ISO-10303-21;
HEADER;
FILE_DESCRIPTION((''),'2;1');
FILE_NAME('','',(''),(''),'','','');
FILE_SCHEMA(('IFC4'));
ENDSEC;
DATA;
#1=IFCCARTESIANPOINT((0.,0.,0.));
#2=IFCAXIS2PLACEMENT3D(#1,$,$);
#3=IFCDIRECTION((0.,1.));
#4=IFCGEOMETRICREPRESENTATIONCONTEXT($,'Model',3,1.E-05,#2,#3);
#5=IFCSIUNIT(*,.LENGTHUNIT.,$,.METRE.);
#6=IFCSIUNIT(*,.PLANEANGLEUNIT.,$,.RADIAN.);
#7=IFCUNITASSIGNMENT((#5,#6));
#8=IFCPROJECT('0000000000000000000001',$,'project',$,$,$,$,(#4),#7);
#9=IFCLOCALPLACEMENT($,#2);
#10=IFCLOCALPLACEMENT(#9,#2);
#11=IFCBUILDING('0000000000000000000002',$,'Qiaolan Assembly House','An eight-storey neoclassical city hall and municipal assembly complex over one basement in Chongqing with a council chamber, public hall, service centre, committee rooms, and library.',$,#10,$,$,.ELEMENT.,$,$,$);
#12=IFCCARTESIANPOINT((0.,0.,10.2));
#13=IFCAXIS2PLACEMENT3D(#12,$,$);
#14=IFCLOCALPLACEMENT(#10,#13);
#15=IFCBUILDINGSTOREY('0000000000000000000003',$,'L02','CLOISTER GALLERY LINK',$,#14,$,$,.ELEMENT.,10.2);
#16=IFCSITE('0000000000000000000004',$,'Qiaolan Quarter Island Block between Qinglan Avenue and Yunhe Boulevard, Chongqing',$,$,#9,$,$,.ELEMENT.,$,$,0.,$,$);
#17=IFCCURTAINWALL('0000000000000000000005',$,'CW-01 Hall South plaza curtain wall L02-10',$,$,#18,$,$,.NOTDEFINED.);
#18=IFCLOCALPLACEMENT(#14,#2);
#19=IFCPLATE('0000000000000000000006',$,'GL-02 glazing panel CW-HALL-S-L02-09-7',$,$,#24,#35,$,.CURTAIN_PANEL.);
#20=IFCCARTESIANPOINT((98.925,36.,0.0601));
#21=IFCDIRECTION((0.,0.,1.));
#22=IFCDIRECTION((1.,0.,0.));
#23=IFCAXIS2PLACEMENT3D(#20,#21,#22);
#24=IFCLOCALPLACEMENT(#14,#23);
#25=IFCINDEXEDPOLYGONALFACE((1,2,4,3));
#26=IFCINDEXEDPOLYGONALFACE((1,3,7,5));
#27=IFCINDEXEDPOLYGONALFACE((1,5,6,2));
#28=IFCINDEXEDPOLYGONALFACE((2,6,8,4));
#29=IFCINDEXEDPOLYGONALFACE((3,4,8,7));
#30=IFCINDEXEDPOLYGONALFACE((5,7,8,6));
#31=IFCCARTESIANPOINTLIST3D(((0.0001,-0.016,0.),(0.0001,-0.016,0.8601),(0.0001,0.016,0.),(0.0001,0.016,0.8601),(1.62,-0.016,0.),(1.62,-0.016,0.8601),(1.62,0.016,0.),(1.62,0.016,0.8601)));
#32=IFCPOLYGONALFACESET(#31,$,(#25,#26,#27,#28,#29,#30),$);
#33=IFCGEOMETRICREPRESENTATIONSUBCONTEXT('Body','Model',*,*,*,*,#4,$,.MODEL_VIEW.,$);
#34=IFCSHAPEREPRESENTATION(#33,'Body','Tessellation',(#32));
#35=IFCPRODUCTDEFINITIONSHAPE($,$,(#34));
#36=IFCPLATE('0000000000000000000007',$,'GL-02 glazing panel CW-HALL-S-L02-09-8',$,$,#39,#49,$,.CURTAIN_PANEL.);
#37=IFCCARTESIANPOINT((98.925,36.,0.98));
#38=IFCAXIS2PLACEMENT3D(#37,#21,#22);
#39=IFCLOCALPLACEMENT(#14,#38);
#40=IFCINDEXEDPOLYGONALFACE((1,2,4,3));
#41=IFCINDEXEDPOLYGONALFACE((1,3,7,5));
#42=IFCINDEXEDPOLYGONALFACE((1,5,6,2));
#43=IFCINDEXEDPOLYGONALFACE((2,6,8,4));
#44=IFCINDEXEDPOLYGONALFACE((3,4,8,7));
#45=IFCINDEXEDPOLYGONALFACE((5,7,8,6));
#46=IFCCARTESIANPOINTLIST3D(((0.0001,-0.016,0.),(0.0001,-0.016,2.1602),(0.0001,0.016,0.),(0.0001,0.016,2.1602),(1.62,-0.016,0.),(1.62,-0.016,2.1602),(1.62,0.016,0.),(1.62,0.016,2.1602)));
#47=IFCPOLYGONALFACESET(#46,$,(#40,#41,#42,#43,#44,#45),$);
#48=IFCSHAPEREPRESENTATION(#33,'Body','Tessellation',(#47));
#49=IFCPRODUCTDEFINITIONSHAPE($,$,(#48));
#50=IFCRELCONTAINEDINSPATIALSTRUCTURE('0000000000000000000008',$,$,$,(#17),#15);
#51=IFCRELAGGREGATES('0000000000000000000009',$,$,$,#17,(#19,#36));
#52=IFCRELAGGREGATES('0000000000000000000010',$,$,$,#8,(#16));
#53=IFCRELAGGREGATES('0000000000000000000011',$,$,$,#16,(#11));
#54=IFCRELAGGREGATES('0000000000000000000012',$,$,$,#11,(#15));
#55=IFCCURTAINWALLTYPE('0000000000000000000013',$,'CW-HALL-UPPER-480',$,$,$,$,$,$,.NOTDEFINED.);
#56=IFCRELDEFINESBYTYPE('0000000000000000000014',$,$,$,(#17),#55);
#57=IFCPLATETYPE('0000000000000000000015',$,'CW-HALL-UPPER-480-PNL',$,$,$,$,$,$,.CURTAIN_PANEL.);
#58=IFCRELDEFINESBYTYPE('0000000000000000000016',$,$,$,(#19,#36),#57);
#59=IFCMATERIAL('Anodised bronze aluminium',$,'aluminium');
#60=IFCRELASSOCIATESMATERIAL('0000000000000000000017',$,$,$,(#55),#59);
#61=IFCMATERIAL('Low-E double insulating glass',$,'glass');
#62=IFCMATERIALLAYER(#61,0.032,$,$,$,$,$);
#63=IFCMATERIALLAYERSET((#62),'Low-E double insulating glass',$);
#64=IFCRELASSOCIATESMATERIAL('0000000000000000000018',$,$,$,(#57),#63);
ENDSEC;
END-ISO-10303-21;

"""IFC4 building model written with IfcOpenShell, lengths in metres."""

from ifc_helpers import new_model, si_unit, direction, frame, frame_2d, origin, place, context, subcontext, project, spatial, rectangle, extrude, material, layer, layer_set, type_object, element, aggregate, save


model = new_model("IFC4")

# Units and contexts
model_context = context("Model", 3, precision=1e-05, world=origin(), true_north=direction((0.0, 1.0)))
body_context = subcontext(model_context, "Body", "Model", "MODEL_VIEW")
ifc_project = project(units=[si_unit("LENGTHUNIT", "METRE"), si_unit("PLANEANGLEUNIT", "RADIAN")], contexts=[model_context])

# Site, building, storey
site_placement = place(None, origin())
site = spatial("IfcSite", under=ifc_project, at=site_placement, Name="Qiaolan Quarter Island Block between Qinglan Avenue and Yunhe Boulevard, Chongqing", CompositionType="ELEMENT", RefElevation=0.0)
building_placement = place(site_placement, origin())
building = spatial("IfcBuilding", under=site, at=building_placement, Name="Qiaolan Assembly House", Description="An eight-storey neoclassical city hall and municipal assembly complex over one basement in Chongqing with a council chamber, public hall, service centre, committee rooms, and library.", CompositionType="ELEMENT")
storey_placement = place(building_placement, frame((0.0, 0.0, 10.2)))
storey = spatial("IfcBuildingStorey", under=building, at=storey_placement, Name="L02", Description="CLOISTER GALLERY LINK", CompositionType="ELEMENT", Elevation=10.2)

# Curtain wall, plates
ifc_material_1 = material(Name="Anodised bronze aluminium", Category="aluminium")
curtain_wall_type = type_object("IfcCurtainWallType", Name="CW-HALL-UPPER-480", PredefinedType="NOTDEFINED", material=ifc_material_1)
curtain_wall_placement = place(storey_placement, origin())
curtain_wall = element("IfcCurtainWall", 1, at=curtain_wall_placement, inside=storey, type_object=curtain_wall_type, Name="CW-01 Hall South plaza curtain wall L02-10", PredefinedType="NOTDEFINED")
ifc_material_2 = material(Name="Low-E double insulating glass", Category="glass")
ifc_layer = layer(ifc_material_2, 0.032)
ifc_layer_set = layer_set([ifc_layer], Name="Low-E double insulating glass")
plate_type = type_object("IfcPlateType", Name="CW-HALL-UPPER-480-PNL", PredefinedType="CURTAIN_PANEL", material=ifc_layer_set)
plate_1_placement = place(storey_placement, frame((98.925, 36.0, 0.0601), z_axis=(0.0, 0.0, 1.0), x_axis=(1.0, 0.0, 0.0)))
plate_1 = element("IfcPlate", 2, at=plate_1_placement, type_object=plate_type, Name="GL-02 glazing panel CW-HALL-S-L02-09-7", PredefinedType="CURTAIN_PANEL", context=body_context, shape_type="SweptSolid", body=[
    extrude(rectangle(XDim=1.6199, YDim=0.032, at=frame_2d((0.8101, 0.0))), origin(), (0.0, 0.0, 1.0), 0.8601),
])
plate_2_placement = place(storey_placement, frame((98.925, 36.0, 0.98), z_axis=(0.0, 0.0, 1.0), x_axis=(1.0, 0.0, 0.0)))
plate_2 = element("IfcPlate", 3, at=plate_2_placement, type_object=plate_type, Name="GL-02 glazing panel CW-HALL-S-L02-09-8", PredefinedType="CURTAIN_PANEL", context=body_context, shape_type="SweptSolid", body=[
    extrude(rectangle(XDim=1.6199, YDim=0.032, at=frame_2d((0.8101, 0.0))), origin(), (0.0, 0.0, 1.0), 2.1602),
])
aggregate(curtain_wall, [plate_1, plate_2])

save(model, "model.ifc")
